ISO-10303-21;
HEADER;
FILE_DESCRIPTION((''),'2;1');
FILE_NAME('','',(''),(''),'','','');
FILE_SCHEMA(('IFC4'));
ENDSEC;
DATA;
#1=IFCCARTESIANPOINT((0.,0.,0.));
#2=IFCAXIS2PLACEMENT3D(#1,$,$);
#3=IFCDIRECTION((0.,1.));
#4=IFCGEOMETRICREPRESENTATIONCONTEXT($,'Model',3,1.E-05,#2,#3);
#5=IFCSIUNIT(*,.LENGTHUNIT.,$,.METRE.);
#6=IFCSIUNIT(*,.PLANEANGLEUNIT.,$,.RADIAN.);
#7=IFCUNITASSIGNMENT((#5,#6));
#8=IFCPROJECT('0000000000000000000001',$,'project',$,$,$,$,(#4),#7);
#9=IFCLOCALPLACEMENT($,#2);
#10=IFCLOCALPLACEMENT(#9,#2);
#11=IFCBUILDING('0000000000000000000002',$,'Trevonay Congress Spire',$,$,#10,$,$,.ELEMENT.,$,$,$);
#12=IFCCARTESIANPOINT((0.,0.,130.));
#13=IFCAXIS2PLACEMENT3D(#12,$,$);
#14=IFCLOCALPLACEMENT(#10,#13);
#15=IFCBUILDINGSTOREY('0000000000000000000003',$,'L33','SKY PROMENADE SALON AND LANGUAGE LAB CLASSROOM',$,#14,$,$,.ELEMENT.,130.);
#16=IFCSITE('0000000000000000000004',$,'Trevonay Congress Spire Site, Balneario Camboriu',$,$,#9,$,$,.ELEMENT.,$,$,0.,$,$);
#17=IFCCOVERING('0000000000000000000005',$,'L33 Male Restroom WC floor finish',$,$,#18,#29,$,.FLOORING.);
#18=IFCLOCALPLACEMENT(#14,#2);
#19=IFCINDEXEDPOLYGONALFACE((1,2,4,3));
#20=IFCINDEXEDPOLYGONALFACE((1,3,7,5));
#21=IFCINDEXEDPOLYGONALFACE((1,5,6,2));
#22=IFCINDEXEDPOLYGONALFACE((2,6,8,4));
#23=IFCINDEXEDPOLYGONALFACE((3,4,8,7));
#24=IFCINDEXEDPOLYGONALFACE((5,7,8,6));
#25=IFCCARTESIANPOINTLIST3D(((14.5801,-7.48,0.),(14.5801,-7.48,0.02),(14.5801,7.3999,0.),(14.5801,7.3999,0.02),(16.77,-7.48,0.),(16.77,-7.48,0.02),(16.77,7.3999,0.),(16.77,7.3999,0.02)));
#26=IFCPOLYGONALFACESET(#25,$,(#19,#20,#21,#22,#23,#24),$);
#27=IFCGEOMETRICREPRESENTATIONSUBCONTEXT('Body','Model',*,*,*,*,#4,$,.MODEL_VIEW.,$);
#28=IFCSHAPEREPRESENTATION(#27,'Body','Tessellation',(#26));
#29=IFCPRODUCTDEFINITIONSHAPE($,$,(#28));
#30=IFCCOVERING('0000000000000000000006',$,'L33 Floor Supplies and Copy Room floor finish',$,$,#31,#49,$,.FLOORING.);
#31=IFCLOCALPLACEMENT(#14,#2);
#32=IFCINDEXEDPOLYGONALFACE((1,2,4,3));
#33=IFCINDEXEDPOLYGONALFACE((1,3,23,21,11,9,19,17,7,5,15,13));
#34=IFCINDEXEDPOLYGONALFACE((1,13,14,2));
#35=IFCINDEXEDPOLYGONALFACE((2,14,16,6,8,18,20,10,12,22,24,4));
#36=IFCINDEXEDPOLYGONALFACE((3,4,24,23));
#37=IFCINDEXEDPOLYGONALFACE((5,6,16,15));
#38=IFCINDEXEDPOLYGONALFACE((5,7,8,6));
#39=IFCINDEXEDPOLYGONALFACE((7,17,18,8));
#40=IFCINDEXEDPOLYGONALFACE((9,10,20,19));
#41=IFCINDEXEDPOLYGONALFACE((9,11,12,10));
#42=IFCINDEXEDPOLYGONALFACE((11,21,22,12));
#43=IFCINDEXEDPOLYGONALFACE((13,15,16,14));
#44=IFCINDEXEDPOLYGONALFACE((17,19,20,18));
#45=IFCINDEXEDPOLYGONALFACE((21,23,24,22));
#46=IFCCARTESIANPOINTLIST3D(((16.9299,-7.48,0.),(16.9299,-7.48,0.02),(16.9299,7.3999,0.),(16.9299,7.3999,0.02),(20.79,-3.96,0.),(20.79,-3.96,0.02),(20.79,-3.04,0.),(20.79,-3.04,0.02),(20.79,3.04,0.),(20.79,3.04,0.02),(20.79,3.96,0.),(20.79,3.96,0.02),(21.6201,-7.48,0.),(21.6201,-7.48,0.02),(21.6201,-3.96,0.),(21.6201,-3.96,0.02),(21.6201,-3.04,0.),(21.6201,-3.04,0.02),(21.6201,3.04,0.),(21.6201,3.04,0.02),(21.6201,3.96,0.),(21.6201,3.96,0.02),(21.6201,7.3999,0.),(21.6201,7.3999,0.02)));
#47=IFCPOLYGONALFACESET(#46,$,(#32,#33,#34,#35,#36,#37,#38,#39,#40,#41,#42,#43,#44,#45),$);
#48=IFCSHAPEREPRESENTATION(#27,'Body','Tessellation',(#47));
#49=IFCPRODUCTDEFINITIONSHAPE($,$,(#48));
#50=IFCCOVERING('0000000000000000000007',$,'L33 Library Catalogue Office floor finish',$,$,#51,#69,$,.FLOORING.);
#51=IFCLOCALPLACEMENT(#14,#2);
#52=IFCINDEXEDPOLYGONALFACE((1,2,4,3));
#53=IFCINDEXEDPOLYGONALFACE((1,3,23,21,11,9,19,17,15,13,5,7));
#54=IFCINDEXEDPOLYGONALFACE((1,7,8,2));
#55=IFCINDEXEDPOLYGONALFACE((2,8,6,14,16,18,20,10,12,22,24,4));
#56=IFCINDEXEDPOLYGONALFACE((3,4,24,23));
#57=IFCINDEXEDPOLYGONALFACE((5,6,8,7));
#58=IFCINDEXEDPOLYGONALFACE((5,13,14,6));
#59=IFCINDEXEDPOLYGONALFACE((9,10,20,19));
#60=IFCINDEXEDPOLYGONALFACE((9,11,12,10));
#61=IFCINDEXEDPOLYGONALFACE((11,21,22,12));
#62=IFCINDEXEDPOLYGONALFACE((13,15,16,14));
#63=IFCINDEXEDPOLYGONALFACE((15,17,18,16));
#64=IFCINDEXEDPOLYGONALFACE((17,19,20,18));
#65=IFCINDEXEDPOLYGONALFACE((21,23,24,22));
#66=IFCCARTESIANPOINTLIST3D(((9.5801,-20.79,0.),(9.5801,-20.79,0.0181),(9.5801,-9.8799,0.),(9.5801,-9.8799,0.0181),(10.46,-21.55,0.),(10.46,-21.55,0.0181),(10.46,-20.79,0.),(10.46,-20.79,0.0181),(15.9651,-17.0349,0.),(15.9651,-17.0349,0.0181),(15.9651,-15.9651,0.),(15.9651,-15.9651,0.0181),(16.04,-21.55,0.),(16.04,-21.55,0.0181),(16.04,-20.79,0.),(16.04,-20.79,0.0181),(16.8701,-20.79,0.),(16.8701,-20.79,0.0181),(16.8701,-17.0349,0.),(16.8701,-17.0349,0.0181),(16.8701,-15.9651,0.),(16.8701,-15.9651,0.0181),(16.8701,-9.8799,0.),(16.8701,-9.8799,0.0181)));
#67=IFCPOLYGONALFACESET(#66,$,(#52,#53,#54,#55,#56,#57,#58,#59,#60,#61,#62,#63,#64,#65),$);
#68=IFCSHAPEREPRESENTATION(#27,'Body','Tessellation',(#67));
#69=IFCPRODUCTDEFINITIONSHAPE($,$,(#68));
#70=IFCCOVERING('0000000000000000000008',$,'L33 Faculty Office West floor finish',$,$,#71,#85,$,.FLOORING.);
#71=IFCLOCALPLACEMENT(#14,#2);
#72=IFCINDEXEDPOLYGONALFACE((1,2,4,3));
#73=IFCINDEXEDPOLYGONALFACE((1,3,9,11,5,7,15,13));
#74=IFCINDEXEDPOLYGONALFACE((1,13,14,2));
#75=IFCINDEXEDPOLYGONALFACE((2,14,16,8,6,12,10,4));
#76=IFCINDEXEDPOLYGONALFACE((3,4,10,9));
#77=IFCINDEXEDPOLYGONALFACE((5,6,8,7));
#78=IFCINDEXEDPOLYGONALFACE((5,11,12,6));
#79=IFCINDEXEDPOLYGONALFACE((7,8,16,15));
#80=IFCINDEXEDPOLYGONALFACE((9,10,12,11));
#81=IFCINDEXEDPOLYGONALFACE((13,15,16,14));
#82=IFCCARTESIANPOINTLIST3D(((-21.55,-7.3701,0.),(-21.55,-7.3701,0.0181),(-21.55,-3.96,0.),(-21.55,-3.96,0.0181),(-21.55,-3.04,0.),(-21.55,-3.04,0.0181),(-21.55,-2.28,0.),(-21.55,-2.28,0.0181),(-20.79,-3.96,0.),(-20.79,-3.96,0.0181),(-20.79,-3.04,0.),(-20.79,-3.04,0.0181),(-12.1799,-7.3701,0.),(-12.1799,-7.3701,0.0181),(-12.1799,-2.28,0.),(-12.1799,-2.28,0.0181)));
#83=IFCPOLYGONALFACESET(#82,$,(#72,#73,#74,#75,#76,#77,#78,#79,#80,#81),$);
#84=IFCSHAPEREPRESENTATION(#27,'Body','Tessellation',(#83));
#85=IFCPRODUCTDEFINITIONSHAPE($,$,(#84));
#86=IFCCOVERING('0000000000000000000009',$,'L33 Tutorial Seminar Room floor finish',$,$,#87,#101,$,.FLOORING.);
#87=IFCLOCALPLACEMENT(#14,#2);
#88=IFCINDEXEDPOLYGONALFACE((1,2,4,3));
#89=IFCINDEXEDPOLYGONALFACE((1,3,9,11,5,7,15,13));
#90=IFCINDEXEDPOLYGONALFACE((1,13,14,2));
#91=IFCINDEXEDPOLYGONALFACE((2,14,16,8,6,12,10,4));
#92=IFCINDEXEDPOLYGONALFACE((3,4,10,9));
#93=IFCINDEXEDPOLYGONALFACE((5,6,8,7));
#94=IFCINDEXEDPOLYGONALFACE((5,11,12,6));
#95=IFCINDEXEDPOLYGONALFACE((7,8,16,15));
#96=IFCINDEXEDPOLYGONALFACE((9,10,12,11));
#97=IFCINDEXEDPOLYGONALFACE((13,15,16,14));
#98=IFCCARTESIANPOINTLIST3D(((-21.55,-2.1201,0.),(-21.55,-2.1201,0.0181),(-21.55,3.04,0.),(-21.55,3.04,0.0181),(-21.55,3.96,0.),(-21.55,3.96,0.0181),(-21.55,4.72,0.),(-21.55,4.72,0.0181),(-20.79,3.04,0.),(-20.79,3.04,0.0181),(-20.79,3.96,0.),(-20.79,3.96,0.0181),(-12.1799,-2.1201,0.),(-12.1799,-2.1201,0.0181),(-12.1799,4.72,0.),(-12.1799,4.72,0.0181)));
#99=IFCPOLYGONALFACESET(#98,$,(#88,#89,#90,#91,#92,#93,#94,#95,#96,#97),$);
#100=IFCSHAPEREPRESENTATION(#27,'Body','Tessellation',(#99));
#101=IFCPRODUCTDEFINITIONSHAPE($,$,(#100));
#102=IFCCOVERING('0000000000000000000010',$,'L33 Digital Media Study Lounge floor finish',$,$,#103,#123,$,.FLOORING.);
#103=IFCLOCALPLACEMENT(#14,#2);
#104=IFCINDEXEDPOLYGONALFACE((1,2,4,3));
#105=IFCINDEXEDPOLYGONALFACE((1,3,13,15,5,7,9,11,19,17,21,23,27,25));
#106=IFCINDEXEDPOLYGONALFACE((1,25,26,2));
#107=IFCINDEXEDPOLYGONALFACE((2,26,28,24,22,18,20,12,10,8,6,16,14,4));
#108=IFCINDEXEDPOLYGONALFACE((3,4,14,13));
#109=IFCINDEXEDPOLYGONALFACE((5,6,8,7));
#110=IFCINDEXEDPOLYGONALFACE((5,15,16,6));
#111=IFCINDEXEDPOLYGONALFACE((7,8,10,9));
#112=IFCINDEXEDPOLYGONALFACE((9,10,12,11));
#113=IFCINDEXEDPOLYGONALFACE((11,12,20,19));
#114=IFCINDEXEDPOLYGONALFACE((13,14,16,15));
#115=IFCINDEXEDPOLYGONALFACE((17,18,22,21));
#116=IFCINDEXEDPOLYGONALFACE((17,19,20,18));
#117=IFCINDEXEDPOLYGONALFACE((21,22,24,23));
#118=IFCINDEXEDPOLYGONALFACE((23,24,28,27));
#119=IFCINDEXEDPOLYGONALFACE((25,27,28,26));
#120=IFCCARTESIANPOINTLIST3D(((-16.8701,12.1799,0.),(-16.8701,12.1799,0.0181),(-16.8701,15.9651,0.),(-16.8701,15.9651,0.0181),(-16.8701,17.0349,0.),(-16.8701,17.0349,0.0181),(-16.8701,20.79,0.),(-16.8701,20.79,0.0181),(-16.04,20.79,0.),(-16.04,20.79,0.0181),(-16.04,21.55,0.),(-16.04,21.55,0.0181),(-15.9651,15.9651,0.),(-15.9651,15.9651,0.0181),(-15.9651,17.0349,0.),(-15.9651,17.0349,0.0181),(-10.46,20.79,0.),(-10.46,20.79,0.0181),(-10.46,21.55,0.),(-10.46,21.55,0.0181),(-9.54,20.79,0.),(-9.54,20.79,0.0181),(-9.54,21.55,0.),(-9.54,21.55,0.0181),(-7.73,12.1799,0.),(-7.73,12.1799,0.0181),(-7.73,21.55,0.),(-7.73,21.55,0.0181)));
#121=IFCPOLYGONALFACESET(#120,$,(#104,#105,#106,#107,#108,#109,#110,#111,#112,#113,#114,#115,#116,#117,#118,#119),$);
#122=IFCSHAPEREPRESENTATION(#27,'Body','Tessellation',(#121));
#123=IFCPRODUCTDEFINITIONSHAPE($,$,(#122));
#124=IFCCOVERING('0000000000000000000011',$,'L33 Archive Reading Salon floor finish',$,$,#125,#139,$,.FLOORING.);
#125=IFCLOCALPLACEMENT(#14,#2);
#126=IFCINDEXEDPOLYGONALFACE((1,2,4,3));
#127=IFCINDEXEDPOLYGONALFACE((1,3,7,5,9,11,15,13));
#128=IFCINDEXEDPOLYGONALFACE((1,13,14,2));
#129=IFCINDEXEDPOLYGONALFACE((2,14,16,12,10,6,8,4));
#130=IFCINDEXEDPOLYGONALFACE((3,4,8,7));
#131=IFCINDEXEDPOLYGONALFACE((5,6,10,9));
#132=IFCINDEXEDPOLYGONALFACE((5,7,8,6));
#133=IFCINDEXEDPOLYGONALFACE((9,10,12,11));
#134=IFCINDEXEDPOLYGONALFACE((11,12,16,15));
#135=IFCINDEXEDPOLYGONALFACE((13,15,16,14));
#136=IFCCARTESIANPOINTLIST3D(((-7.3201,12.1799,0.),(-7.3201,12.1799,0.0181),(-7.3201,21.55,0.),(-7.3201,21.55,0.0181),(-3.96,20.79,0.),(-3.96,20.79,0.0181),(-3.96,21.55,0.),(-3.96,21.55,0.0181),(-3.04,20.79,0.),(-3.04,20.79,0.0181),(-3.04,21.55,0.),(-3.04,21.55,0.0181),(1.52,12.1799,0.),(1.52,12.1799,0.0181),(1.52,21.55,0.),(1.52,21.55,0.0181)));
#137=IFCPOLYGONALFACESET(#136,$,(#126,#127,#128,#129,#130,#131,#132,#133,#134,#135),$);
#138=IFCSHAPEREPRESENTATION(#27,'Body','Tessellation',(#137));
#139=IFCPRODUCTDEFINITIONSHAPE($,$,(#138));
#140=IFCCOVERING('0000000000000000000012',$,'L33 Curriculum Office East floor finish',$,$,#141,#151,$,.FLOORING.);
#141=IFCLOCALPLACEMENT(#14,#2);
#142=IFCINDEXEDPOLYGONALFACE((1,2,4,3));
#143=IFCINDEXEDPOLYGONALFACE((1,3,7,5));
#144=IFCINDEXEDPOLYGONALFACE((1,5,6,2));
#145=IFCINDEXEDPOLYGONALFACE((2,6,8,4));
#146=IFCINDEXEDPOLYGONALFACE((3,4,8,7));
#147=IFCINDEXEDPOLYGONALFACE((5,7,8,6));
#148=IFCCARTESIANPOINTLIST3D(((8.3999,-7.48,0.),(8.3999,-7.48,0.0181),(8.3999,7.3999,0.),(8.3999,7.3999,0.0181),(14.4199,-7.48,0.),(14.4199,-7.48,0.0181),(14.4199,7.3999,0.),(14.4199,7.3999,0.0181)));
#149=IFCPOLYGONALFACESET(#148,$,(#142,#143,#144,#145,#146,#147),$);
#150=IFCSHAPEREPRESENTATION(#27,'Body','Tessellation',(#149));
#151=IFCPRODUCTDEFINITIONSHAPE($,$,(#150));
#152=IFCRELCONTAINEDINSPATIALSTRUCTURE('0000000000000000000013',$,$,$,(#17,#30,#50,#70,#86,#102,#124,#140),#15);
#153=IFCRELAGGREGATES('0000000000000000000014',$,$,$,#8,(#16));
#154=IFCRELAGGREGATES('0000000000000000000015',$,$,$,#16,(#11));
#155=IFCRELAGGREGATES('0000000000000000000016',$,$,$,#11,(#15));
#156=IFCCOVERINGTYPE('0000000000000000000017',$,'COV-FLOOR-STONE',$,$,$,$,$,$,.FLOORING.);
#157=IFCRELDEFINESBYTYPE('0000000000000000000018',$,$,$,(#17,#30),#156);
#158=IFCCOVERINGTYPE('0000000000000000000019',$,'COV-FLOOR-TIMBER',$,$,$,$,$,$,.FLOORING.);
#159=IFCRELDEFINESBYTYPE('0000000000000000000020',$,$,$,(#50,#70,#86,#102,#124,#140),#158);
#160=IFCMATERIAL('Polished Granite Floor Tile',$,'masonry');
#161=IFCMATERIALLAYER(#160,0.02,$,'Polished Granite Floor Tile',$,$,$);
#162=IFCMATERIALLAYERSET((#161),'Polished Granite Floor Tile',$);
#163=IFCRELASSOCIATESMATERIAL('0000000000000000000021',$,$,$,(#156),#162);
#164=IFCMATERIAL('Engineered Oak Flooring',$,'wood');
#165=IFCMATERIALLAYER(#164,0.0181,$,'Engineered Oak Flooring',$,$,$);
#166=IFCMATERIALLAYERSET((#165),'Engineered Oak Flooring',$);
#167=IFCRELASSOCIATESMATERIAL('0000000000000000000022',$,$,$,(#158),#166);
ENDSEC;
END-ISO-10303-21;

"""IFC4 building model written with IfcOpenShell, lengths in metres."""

from ifc_helpers import new_model, si_unit, direction, frame, origin, place, context, subcontext, project, spatial, polyline, outline, extrude, material, layer, layer_set, type_object, element, save


model = new_model("IFC4")

# Units and contexts
model_context = context("Model", 3, precision=1e-05, world=origin(), true_north=direction((0.0, 1.0)))
body_context = subcontext(model_context, "Body", "Model", "MODEL_VIEW")
ifc_project = project(units=[si_unit("LENGTHUNIT", "METRE"), si_unit("PLANEANGLEUNIT", "RADIAN")], contexts=[model_context])

# Site, building, storey
site_placement = place(None, origin())
site = spatial("IfcSite", under=ifc_project, at=site_placement, Name="Trevonay Congress Spire Site, Balneario Camboriu", CompositionType="ELEMENT", RefElevation=0.0)
building_placement = place(site_placement, origin())
building = spatial("IfcBuilding", under=site, at=building_placement, Name="Trevonay Congress Spire", CompositionType="ELEMENT")
storey_placement = place(building_placement, frame((0.0, 0.0, 130.0)))
storey = spatial("IfcBuildingStorey", under=building, at=storey_placement, Name="L33", Description="SKY PROMENADE SALON AND LANGUAGE LAB CLASSROOM", CompositionType="ELEMENT", Elevation=130.0)

# Coverings
ifc_material_1 = material(Name="Polished Granite Floor Tile", Category="masonry")
ifc_layer_1 = layer(ifc_material_1, 0.02, Name="Polished Granite Floor Tile")
ifc_layer_set_1 = layer_set([ifc_layer_1], Name="Polished Granite Floor Tile")
covering_type_1 = type_object("IfcCoveringType", Name="COV-FLOOR-STONE", PredefinedType="FLOORING", material=ifc_layer_set_1)
covering_1_placement = place(storey_placement, origin())
element("IfcCovering", 1, at=covering_1_placement, inside=storey, type_object=covering_type_1, Name="L33 Male Restroom WC floor finish", PredefinedType="FLOORING", context=body_context, shape_type="SweptSolid", body=[
    extrude(outline(polyline([(14.5801, -7.48), (16.77, -7.48), (16.77, 7.3999), (14.5801, 7.3999), (14.5801, -7.48)])), origin(), (0.0, 0.0, 1.0), 0.02),
])
covering_2_placement = place(storey_placement, origin())
element("IfcCovering", 2, at=covering_2_placement, inside=storey, type_object=covering_type_1, Name="L33 Floor Supplies and Copy Room floor finish", PredefinedType="FLOORING", context=body_context, shape_type="SweptSolid", body=[
    extrude(outline(polyline([(21.6201, -7.48), (16.9299, -7.48), (16.9299, 7.3999), (21.6201, 7.3999), (21.6201, 3.96), (20.79, 3.96), (20.79, 3.04), (21.6201, 3.04), (21.6201, -3.04), (20.79, -3.04), (20.79, -3.96), (21.6201, -3.96), (21.6201, -7.48)])), origin(), (0.0, 0.0, 1.0), 0.02),
])
ifc_material_2 = material(Name="Engineered Oak Flooring", Category="wood")
ifc_layer_2 = layer(ifc_material_2, 0.0181, Name="Engineered Oak Flooring")
ifc_layer_set_2 = layer_set([ifc_layer_2], Name="Engineered Oak Flooring")
covering_type_2 = type_object("IfcCoveringType", Name="COV-FLOOR-TIMBER", PredefinedType="FLOORING", material=ifc_layer_set_2)
covering_3_placement = place(storey_placement, origin())
element("IfcCovering", 3, at=covering_3_placement, inside=storey, type_object=covering_type_2, Name="L33 Library Catalogue Office floor finish", PredefinedType="FLOORING", context=body_context, shape_type="SweptSolid", body=[
    extrude(outline(polyline([(10.46, -21.55), (10.46, -20.79), (9.5801, -20.79), (9.5801, -9.8799), (16.8701, -9.8799), (16.8701, -15.9651), (15.9651, -15.9651), (15.9651, -17.0349), (16.8701, -17.0349), (16.8701, -20.79), (16.04, -20.79), (16.04, -21.55), (10.46, -21.55)])), origin(), (0.0, 0.0, 1.0), 0.0181),
])
covering_4_placement = place(storey_placement, origin())
element("IfcCovering", 4, at=covering_4_placement, inside=storey, type_object=covering_type_2, Name="L33 Faculty Office West floor finish", PredefinedType="FLOORING", context=body_context, shape_type="SweptSolid", body=[
    extrude(outline(polyline([(-21.55, -2.28), (-12.1799, -2.28), (-12.1799, -7.3701), (-21.55, -7.3701), (-21.55, -3.96), (-20.79, -3.96), (-20.79, -3.04), (-21.55, -3.04), (-21.55, -2.28)])), origin(), (0.0, 0.0, 1.0), 0.0181),
])
covering_5_placement = place(storey_placement, origin())
element("IfcCovering", 5, at=covering_5_placement, inside=storey, type_object=covering_type_2, Name="L33 Tutorial Seminar Room floor finish", PredefinedType="FLOORING", context=body_context, shape_type="SweptSolid", body=[
    extrude(outline(polyline([(-21.55, 4.72), (-12.1799, 4.72), (-12.1799, -2.1201), (-21.55, -2.1201), (-21.55, 3.04), (-20.79, 3.04), (-20.79, 3.96), (-21.55, 3.96), (-21.55, 4.72)])), origin(), (0.0, 0.0, 1.0), 0.0181),
])
covering_6_placement = place(storey_placement, origin())
element("IfcCovering", 6, at=covering_6_placement, inside=storey, type_object=covering_type_2, Name="L33 Digital Media Study Lounge floor finish", PredefinedType="FLOORING", context=body_context, shape_type="SweptSolid", body=[
    extrude(outline(polyline([(-7.73, 21.55), (-7.73, 12.1799), (-16.8701, 12.1799), (-16.8701, 15.9651), (-15.9651, 15.9651), (-15.9651, 17.0349), (-16.8701, 17.0349), (-16.8701, 20.79), (-16.04, 20.79), (-16.04, 21.55), (-10.46, 21.55), (-10.46, 20.79), (-9.54, 20.79), (-9.54, 21.55), (-7.73, 21.55)])), origin(), (0.0, 0.0, 1.0), 0.0181),
])
covering_7_placement = place(storey_placement, origin())
element("IfcCovering", 7, at=covering_7_placement, inside=storey, type_object=covering_type_2, Name="L33 Archive Reading Salon floor finish", PredefinedType="FLOORING", context=body_context, shape_type="SweptSolid", body=[
    extrude(outline(polyline([(1.52, 21.55), (1.52, 12.1799), (-7.3201, 12.1799), (-7.3201, 21.55), (-3.96, 21.55), (-3.96, 20.79), (-3.04, 20.79), (-3.04, 21.55), (1.52, 21.55)])), origin(), (0.0, 0.0, 1.0), 0.0181),
])
covering_8_placement = place(storey_placement, origin())
element("IfcCovering", 8, at=covering_8_placement, inside=storey, type_object=covering_type_2, Name="L33 Curriculum Office East floor finish", PredefinedType="FLOORING", context=body_context, shape_type="SweptSolid", body=[
    extrude(outline(polyline([(8.3999, -7.48), (14.4199, -7.48), (14.4199, 7.3999), (8.3999, 7.3999), (8.3999, -7.48)])), origin(), (0.0, 0.0, 1.0), 0.0181),
])

save(model, "model.ifc")
